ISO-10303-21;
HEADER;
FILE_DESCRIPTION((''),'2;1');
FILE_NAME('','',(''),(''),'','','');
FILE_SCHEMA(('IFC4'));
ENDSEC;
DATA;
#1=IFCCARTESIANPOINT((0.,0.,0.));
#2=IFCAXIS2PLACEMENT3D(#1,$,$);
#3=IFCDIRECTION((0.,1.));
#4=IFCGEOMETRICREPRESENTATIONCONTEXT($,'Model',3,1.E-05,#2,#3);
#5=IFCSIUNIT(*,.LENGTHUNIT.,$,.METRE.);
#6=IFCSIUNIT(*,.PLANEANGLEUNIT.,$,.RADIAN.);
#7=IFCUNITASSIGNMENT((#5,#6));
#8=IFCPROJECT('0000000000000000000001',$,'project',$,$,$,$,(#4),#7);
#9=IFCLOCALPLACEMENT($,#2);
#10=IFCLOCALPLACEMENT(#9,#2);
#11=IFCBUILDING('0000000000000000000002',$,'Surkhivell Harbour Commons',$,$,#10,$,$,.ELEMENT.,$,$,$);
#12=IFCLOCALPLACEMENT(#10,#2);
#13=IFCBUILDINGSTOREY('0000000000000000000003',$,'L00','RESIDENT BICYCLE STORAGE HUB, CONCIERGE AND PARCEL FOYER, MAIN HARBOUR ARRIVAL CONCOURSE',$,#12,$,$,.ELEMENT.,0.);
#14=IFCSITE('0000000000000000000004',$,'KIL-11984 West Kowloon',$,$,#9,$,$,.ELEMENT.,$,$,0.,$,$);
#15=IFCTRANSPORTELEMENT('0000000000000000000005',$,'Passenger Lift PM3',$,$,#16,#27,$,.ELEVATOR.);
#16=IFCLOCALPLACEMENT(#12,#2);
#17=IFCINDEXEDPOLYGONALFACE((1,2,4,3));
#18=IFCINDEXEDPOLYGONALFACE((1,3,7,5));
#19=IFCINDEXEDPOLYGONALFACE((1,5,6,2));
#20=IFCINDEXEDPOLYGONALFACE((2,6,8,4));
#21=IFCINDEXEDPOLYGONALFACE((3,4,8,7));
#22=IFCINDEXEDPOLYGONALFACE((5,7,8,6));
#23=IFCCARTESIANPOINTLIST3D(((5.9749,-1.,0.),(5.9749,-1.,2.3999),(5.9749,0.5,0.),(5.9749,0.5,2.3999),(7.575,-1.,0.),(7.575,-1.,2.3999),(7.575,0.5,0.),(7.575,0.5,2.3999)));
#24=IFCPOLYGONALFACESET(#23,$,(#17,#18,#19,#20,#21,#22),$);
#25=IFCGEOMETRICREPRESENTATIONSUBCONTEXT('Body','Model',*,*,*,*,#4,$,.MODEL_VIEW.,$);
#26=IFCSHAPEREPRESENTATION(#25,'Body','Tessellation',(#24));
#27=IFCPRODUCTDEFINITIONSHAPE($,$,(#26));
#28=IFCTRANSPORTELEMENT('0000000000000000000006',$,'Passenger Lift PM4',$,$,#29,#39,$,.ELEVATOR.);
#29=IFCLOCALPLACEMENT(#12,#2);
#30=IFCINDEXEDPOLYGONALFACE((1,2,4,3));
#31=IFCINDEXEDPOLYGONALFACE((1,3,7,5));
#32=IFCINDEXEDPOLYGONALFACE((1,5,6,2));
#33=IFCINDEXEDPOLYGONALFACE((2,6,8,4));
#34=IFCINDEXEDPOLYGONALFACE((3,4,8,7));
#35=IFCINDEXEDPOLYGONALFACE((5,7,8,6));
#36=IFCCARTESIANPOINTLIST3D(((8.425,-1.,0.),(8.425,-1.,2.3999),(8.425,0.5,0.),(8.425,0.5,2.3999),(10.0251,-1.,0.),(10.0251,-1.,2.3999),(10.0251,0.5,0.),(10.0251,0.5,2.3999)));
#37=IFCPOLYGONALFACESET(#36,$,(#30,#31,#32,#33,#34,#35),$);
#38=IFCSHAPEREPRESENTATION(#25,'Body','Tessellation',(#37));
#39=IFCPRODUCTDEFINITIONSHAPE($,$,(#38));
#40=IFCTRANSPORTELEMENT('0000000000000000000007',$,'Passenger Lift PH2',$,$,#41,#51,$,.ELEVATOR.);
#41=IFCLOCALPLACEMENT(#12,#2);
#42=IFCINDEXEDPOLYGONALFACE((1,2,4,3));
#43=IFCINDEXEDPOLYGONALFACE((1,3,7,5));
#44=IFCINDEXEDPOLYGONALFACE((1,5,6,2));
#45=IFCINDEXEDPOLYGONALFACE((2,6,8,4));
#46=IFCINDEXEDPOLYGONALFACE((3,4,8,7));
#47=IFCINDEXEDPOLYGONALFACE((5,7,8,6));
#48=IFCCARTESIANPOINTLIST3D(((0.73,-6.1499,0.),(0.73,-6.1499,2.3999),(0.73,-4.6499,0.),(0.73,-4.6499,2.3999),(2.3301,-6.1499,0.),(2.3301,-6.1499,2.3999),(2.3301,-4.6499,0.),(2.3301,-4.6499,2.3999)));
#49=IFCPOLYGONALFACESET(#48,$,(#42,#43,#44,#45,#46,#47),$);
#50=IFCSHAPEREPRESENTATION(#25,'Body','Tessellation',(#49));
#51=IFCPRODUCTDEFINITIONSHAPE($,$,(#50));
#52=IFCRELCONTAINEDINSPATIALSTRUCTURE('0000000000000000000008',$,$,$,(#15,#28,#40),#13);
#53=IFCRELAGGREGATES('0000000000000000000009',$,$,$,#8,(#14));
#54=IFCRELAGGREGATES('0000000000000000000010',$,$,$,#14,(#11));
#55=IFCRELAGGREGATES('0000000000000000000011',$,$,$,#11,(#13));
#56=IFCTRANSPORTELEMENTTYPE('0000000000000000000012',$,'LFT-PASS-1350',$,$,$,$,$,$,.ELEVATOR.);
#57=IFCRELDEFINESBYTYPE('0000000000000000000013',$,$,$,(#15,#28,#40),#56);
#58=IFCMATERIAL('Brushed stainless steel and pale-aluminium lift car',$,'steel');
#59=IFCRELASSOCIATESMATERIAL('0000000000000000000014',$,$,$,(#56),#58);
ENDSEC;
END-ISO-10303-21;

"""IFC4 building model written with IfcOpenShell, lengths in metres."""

from ifc_helpers import new_model, si_unit, direction, frame, origin, origin_2d, place, context, subcontext, project, spatial, rectangle, extrude, material, type_object, element, save


model = new_model("IFC4")

# Units and contexts
model_context = context("Model", 3, precision=1e-05, world=origin(), true_north=direction((0.0, 1.0)))
body_context = subcontext(model_context, "Body", "Model", "MODEL_VIEW")
ifc_project = project(units=[si_unit("LENGTHUNIT", "METRE"), si_unit("PLANEANGLEUNIT", "RADIAN")], contexts=[model_context])

# Site, building, storey
site_placement = place(None, origin())
site = spatial("IfcSite", under=ifc_project, at=site_placement, Name="KIL-11984 West Kowloon", CompositionType="ELEMENT", RefElevation=0.0)
building_placement = place(site_placement, origin())
building = spatial("IfcBuilding", under=site, at=building_placement, Name="Surkhivell Harbour Commons", CompositionType="ELEMENT")
storey_placement = place(building_placement, origin())
storey = spatial("IfcBuildingStorey", under=building, at=storey_placement, Name="L00", Description="RESIDENT BICYCLE STORAGE HUB, CONCIERGE AND PARCEL FOYER, MAIN HARBOUR ARRIVAL CONCOURSE", CompositionType="ELEMENT", Elevation=0.0)

# Transport elements
ifc_material_1 = material(Name="Brushed stainless steel and pale-aluminium lift car", Category="steel")
transport_element_type = type_object("IfcTransportElementType", Name="LFT-PASS-1350", PredefinedType="ELEVATOR", material=ifc_material_1)
for number, where, z_axis, x_axis, name in (
    (1, (6.7749, -0.25, 0.0), (0.0, 0.0, 1.0), (1.0, 0.0, 0.0), "Passenger Lift PM3"),
    (2, (9.2251, -0.25, 0.0), (0.0, 0.0, 1.0), (1.0, 0.0, 0.0), "Passenger Lift PM4"),
    (3, (1.53, -5.3999, 0.0), (0.0, 0.0, 1.0), (1.0, 0.0, 0.0), "Passenger Lift PH2"),
):
    element("IfcTransportElement", number, at=place(storey_placement, frame(where, z_axis=z_axis, x_axis=x_axis)), inside=storey, type_object=transport_element_type, Name=name, PredefinedType="ELEVATOR", context=body_context, shape_type="SweptSolid", body=[
        extrude(rectangle(XDim=1.6001, YDim=1.5, at=origin_2d()), origin(), (0.0, 0.0, 1.0), 2.3999),
    ])

save(model, "model.ifc")
